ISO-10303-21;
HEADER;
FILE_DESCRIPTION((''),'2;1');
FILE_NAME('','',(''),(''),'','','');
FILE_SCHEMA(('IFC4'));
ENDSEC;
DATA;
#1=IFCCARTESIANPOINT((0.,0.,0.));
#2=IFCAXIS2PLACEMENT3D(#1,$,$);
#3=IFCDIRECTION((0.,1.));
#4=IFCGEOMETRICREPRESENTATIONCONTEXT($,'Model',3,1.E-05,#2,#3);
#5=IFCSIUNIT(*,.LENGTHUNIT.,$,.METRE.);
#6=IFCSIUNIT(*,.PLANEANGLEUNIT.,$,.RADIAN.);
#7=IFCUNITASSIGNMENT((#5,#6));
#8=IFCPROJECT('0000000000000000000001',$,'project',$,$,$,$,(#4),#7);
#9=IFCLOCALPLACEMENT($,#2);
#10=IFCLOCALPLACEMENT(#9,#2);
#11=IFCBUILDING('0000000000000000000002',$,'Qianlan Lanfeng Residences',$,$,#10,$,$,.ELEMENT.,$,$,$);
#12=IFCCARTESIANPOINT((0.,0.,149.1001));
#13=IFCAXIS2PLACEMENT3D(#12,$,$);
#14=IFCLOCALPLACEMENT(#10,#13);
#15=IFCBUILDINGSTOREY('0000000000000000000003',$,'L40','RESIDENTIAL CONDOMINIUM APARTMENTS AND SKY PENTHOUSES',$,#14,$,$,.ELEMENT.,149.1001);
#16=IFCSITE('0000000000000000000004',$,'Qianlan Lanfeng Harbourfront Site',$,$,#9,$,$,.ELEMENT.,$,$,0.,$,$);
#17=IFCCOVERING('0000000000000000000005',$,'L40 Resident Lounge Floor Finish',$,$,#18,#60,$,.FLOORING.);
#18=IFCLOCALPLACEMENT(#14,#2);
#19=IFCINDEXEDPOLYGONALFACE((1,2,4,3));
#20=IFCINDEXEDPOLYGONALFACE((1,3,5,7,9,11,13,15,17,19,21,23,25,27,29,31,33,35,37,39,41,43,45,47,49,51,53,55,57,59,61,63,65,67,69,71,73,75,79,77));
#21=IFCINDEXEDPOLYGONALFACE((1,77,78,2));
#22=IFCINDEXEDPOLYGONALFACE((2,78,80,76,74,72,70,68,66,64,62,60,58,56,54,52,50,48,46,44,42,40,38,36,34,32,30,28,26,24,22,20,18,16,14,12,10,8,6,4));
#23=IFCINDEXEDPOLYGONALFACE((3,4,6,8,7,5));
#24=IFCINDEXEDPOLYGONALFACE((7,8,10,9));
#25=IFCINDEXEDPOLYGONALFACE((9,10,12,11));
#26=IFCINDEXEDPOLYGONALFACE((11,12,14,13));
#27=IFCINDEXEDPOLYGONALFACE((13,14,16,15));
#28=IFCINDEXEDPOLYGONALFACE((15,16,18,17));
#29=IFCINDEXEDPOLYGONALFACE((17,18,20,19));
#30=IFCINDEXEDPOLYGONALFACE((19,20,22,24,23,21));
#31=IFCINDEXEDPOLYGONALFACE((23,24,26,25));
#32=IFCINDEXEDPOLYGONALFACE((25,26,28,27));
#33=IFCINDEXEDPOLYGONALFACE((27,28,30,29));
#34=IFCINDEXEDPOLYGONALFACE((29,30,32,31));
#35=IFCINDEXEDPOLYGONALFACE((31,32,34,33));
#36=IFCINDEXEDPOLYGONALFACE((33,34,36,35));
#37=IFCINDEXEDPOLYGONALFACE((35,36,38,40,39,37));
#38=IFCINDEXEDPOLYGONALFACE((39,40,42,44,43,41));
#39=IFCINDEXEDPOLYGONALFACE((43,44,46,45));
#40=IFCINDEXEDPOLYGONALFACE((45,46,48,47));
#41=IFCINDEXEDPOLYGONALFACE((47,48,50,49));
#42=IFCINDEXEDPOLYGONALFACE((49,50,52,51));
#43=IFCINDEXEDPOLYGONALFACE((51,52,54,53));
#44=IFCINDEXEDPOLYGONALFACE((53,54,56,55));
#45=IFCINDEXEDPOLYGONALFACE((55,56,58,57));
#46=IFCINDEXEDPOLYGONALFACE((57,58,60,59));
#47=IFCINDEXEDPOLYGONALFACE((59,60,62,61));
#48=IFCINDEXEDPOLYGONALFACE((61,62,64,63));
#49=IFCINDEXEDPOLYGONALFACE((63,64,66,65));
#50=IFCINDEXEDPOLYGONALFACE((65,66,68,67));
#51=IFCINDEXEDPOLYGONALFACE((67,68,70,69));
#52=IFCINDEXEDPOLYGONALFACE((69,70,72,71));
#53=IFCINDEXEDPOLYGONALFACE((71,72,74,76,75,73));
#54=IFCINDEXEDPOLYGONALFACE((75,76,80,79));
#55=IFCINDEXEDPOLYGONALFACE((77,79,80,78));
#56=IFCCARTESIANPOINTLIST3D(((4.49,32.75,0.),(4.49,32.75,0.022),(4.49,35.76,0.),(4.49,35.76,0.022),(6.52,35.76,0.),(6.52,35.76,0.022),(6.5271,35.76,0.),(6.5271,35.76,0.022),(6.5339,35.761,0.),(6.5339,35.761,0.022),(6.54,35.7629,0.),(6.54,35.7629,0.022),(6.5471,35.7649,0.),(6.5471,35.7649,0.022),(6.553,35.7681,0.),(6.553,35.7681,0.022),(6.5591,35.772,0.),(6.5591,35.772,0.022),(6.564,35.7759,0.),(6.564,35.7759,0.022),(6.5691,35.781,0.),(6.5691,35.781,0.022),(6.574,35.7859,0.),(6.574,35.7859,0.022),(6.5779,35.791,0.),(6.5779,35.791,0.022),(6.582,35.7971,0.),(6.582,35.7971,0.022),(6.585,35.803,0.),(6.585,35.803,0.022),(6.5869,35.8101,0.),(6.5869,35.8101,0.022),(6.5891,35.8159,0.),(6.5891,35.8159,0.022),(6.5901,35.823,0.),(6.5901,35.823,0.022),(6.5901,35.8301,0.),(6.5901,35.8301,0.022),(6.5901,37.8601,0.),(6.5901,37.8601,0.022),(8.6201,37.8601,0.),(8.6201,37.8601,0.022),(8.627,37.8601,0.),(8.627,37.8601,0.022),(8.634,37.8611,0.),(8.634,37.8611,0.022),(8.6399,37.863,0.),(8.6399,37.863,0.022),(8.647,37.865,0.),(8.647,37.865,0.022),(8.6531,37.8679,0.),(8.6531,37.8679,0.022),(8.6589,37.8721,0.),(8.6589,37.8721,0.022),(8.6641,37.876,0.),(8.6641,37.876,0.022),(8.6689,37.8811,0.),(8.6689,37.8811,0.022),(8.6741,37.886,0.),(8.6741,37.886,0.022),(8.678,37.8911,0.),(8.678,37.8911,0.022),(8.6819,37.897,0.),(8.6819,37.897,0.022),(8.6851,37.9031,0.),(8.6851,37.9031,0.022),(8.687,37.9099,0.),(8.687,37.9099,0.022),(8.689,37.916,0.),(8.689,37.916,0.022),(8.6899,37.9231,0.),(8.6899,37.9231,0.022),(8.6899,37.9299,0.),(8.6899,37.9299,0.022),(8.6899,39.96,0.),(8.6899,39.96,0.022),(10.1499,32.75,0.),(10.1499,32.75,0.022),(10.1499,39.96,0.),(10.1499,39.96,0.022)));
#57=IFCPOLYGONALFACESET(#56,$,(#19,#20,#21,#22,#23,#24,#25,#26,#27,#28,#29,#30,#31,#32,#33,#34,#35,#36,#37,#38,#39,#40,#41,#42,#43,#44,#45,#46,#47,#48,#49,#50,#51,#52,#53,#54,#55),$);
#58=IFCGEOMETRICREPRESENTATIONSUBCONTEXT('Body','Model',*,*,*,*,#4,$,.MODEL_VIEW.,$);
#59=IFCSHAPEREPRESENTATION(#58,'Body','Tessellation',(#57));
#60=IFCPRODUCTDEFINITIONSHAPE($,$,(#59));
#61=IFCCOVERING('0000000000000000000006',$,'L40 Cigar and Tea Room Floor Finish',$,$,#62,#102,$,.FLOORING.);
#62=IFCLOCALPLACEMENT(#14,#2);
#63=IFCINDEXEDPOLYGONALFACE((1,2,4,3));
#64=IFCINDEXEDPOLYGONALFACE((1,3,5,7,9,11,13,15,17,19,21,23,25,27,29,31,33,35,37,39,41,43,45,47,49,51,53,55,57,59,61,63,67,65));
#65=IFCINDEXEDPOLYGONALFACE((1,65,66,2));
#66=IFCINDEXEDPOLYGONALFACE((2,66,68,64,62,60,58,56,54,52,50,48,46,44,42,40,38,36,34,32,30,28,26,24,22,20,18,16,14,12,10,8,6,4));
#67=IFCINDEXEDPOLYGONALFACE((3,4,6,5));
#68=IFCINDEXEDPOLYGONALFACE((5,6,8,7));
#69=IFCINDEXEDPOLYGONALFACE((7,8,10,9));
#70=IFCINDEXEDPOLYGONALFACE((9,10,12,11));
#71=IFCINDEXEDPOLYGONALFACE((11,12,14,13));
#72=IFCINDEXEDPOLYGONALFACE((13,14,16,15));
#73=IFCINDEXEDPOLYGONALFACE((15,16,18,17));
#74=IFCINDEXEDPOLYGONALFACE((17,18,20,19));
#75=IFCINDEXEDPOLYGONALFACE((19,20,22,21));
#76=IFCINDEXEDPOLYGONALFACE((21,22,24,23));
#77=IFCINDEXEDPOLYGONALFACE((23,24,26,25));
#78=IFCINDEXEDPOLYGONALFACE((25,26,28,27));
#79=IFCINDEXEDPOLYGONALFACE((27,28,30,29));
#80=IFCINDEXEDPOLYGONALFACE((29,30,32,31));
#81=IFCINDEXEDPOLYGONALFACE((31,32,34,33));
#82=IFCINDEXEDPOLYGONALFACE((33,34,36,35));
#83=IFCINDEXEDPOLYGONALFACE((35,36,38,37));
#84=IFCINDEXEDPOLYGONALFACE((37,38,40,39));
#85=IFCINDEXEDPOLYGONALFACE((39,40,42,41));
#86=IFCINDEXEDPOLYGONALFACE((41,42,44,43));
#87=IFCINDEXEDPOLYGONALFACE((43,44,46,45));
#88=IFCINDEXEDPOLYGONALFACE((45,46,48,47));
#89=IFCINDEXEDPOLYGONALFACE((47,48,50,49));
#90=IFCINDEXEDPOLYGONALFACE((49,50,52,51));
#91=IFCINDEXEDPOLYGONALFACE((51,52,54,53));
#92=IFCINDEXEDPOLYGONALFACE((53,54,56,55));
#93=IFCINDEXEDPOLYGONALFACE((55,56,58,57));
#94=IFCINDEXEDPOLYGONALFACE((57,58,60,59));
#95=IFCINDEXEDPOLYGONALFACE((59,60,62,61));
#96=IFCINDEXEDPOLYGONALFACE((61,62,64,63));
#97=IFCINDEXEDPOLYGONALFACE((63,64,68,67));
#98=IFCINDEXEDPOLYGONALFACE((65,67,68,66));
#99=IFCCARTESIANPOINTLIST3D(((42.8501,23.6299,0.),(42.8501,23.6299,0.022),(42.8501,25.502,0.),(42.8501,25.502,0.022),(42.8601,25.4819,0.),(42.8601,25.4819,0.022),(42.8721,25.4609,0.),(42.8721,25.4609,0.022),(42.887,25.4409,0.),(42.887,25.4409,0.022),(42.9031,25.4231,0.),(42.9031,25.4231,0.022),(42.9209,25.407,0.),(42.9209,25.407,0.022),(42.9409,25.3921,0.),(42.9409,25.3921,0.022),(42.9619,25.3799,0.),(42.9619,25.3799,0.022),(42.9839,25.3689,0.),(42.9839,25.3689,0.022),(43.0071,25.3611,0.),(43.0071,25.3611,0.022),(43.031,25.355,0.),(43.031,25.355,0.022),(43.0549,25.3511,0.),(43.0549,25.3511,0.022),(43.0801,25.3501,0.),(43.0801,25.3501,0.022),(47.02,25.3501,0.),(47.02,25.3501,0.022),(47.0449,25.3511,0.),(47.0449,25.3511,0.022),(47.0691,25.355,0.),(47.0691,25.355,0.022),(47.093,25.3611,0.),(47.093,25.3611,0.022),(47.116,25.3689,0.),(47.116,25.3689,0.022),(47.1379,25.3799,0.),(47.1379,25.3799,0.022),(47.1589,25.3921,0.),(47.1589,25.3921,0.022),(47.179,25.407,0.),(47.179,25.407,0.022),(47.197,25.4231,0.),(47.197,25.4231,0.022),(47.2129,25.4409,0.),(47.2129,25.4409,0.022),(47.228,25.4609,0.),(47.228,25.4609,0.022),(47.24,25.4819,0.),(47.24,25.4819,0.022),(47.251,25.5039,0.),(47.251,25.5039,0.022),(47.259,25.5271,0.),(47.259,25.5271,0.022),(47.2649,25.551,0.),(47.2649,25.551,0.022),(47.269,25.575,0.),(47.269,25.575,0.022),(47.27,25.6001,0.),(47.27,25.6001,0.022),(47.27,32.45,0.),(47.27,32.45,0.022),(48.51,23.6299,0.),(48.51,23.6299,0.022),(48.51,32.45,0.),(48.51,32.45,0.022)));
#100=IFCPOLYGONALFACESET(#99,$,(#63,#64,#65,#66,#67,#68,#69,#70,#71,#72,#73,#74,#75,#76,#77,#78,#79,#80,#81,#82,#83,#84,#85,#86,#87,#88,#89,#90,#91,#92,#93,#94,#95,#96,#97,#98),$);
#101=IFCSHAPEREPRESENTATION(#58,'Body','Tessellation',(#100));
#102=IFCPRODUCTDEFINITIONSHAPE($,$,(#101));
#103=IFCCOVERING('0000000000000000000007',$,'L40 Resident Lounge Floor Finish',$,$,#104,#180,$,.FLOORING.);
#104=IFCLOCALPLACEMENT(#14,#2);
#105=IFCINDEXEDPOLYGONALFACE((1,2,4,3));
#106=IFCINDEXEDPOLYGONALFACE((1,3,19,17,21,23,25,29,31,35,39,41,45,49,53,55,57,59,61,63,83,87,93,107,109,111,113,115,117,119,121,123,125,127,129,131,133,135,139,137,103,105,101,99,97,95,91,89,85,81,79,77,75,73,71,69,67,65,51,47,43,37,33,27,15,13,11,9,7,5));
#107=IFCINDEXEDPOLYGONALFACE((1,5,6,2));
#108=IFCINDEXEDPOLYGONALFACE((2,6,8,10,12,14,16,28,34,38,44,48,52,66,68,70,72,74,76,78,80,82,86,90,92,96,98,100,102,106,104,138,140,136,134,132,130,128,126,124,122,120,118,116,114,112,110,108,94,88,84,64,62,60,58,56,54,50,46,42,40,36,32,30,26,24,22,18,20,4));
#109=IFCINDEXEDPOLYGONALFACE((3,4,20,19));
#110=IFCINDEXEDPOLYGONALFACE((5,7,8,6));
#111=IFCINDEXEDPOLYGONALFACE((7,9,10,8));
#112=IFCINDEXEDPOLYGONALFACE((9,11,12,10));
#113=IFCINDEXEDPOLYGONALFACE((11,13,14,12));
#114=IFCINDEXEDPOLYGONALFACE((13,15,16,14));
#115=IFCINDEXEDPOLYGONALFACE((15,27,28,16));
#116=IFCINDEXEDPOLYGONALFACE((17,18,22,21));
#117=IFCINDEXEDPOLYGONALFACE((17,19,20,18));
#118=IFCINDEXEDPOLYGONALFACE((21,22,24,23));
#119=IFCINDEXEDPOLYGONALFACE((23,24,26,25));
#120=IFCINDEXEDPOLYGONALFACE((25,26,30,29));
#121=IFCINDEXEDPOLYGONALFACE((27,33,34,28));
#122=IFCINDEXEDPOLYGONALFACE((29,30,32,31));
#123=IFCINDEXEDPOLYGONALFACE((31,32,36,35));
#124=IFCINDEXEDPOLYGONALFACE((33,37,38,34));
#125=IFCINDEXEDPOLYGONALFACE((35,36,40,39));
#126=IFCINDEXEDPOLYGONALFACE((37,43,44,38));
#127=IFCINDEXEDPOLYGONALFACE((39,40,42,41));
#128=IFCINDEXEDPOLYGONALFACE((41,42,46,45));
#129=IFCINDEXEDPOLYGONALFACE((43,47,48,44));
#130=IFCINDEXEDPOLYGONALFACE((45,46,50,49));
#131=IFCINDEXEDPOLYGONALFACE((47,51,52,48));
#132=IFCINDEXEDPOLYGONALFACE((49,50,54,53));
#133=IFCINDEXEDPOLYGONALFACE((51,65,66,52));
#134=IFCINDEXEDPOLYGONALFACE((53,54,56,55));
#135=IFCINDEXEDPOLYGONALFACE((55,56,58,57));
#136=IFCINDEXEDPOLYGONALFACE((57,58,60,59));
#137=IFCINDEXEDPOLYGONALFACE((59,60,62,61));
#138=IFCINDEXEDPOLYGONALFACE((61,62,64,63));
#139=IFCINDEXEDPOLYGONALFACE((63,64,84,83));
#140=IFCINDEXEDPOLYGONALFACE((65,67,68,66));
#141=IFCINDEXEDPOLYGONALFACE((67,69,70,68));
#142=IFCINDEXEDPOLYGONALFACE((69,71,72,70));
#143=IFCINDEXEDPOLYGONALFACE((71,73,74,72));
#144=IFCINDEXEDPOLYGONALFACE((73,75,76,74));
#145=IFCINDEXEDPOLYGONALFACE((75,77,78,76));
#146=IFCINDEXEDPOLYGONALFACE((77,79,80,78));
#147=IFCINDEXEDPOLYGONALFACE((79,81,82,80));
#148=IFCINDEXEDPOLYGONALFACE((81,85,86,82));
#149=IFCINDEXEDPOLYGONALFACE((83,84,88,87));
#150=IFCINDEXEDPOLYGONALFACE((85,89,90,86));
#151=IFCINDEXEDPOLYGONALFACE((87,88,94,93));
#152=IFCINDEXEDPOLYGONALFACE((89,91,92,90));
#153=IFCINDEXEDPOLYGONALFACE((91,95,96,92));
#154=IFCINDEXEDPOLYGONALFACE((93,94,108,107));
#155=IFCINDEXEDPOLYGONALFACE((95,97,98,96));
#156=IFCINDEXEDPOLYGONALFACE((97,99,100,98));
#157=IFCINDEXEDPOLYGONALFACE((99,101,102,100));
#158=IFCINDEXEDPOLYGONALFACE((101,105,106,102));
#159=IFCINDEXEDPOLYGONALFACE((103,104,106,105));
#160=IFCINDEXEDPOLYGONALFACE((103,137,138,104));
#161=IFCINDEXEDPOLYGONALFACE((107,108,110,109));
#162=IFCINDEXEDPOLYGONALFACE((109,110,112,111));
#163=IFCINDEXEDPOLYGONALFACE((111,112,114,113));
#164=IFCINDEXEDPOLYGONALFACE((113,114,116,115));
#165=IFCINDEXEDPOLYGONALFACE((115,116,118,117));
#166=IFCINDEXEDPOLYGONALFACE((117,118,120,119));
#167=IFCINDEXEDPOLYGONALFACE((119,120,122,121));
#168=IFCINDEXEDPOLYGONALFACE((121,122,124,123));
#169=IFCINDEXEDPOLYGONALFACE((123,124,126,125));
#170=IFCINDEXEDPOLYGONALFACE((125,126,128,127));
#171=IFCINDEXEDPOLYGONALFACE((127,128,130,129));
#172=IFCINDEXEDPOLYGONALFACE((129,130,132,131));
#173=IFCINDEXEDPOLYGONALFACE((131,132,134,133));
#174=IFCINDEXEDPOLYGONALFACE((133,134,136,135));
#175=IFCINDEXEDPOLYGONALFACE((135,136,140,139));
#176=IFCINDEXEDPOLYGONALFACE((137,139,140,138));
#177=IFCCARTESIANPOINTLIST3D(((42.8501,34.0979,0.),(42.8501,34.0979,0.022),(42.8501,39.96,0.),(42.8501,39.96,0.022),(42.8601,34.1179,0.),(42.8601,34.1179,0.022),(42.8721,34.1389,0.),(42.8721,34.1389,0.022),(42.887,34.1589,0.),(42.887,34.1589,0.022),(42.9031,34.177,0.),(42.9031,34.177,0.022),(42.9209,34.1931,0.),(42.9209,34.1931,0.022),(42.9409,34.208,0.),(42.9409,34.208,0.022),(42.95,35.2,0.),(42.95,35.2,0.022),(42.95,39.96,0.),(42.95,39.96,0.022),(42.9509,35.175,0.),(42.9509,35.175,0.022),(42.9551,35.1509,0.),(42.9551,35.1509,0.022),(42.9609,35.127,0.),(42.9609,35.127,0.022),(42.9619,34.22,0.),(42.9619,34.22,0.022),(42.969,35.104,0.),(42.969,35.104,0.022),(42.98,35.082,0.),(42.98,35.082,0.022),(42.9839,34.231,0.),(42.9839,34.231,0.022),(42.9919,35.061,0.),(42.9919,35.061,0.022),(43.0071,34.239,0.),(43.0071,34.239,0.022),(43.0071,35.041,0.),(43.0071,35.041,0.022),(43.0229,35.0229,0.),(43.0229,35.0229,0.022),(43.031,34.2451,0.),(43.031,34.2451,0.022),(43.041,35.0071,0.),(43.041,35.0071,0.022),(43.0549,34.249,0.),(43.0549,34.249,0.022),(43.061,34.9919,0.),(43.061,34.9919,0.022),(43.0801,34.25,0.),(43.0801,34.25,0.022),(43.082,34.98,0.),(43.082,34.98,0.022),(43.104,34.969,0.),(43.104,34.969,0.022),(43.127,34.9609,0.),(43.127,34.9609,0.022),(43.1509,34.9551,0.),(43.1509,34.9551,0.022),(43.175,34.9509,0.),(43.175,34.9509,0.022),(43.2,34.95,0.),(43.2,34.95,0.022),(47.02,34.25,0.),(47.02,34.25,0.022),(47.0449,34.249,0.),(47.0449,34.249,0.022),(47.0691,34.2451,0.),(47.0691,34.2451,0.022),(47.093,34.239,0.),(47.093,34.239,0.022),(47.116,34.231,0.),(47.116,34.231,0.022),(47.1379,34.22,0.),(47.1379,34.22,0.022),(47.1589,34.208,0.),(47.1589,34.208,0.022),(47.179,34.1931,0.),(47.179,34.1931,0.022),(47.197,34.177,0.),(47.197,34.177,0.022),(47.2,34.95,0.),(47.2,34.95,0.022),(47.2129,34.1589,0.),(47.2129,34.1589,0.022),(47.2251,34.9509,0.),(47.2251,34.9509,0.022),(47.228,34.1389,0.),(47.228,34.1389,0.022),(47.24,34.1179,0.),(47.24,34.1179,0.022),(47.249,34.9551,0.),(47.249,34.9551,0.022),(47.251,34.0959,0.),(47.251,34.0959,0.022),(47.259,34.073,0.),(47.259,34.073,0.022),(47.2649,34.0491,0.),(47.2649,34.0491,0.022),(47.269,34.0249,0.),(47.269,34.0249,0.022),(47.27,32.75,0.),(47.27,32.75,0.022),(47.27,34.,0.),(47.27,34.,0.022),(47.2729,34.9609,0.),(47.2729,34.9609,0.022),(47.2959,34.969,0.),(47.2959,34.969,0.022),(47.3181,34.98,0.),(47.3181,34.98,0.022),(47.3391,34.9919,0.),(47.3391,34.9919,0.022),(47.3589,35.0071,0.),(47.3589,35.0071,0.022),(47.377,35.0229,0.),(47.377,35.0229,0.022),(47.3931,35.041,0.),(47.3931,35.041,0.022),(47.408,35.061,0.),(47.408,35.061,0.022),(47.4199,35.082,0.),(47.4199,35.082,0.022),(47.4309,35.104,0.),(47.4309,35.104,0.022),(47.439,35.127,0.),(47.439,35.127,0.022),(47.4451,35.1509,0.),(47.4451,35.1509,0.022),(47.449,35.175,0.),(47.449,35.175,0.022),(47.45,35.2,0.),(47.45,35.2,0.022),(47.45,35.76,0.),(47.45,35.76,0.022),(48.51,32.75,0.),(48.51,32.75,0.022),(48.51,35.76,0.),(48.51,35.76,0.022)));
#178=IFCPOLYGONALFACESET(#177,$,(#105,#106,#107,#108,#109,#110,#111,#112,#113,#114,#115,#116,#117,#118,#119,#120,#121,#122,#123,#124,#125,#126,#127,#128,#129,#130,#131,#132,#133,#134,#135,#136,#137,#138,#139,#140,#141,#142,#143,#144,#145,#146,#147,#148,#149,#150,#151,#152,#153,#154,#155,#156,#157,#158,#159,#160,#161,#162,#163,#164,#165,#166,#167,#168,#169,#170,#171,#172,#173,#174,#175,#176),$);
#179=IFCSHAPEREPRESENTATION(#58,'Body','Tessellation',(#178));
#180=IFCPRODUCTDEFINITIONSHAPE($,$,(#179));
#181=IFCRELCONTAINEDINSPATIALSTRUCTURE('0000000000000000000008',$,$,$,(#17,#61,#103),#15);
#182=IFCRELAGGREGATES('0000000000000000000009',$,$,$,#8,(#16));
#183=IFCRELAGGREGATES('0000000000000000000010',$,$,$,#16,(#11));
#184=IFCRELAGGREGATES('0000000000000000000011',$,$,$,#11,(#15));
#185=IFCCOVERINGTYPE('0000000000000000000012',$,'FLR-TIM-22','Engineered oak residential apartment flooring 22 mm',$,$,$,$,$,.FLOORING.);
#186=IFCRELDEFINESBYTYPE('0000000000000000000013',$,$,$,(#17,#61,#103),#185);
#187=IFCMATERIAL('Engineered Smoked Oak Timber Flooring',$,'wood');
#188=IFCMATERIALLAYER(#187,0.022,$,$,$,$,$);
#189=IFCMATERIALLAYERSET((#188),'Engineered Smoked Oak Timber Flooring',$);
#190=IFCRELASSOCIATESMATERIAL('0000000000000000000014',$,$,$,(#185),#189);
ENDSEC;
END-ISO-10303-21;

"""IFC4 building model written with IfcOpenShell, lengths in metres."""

from ifc_helpers import new_model, si_unit, direction, frame, origin, place, context, subcontext, project, spatial, polyline, outline, extrude, material, layer, layer_set, type_object, element, save


model = new_model("IFC4")

# Units and contexts
model_context = context("Model", 3, precision=1e-05, world=origin(), true_north=direction((0.0, 1.0)))
body_context = subcontext(model_context, "Body", "Model", "MODEL_VIEW")
ifc_project = project(units=[si_unit("LENGTHUNIT", "METRE"), si_unit("PLANEANGLEUNIT", "RADIAN")], contexts=[model_context])

# Site, building, storey
site_placement = place(None, origin())
site = spatial("IfcSite", under=ifc_project, at=site_placement, Name="Qianlan Lanfeng Harbourfront Site", CompositionType="ELEMENT", RefElevation=0.0)
building_placement = place(site_placement, origin())
building = spatial("IfcBuilding", under=site, at=building_placement, Name="Qianlan Lanfeng Residences", CompositionType="ELEMENT")
storey_placement = place(building_placement, frame((0.0, 0.0, 149.1001)))
storey = spatial("IfcBuildingStorey", under=building, at=storey_placement, Name="L40", Description="RESIDENTIAL CONDOMINIUM APARTMENTS AND SKY PENTHOUSES", CompositionType="ELEMENT", Elevation=149.1001)

# Coverings
ifc_material_1 = material(Name="Engineered Smoked Oak Timber Flooring", Category="wood")
ifc_layer_1 = layer(ifc_material_1, 0.022)
ifc_layer_set_1 = layer_set([ifc_layer_1], Name="Engineered Smoked Oak Timber Flooring")
covering_type_1 = type_object("IfcCoveringType", Name="FLR-TIM-22", Description="Engineered oak residential apartment flooring 22 mm", PredefinedType="FLOORING", material=ifc_layer_set_1)
covering_1_placement = place(storey_placement, origin())
element("IfcCovering", 1, at=covering_1_placement, inside=storey, type_object=covering_type_1, Name="L40 Resident Lounge Floor Finish", PredefinedType="FLOORING", context=body_context, shape_type="SweptSolid", body=[
    extrude(outline(polyline([(4.49, 32.75), (10.1499, 32.75), (10.1499, 39.96), (8.6899, 39.96), (8.6899, 37.9299), (8.6899, 37.9231), (8.689, 37.916), (8.687, 37.9099), (8.6851, 37.9031), (8.6819, 37.897), (8.678, 37.8911), (8.6741, 37.886), (8.6689, 37.8811), (8.6641, 37.876), (8.6589, 37.8721), (8.6531, 37.8679), (8.647, 37.865), (8.6399, 37.863), (8.634, 37.8611), (8.627, 37.8601), (8.6201, 37.8601), (6.5901, 37.8601), (6.5901, 35.8301), (6.5901, 35.823), (6.5891, 35.8159), (6.5869, 35.8101), (6.585, 35.803), (6.582, 35.7971), (6.5779, 35.791), (6.574, 35.7859), (6.5691, 35.781), (6.564, 35.7759), (6.5591, 35.772), (6.553, 35.7681), (6.5471, 35.7649), (6.54, 35.7629), (6.5339, 35.761), (6.5271, 35.76), (6.52, 35.76), (4.49, 35.76), (4.49, 32.75)])), origin(), (0.0, 0.0, 1.0), 0.022),
])
covering_2_placement = place(storey_placement, origin())
element("IfcCovering", 2, at=covering_2_placement, inside=storey, type_object=covering_type_1, Name="L40 Cigar and Tea Room Floor Finish", PredefinedType="FLOORING", context=body_context, shape_type="SweptSolid", body=[
    extrude(outline(polyline([(48.51, 32.45), (47.27, 32.45), (47.27, 25.6001), (47.269, 25.575), (47.2649, 25.551), (47.259, 25.5271), (47.251, 25.5039), (47.24, 25.4819), (47.228, 25.4609), (47.2129, 25.4409), (47.197, 25.4231), (47.179, 25.407), (47.1589, 25.3921), (47.1379, 25.3799), (47.116, 25.3689), (47.093, 25.3611), (47.0691, 25.355), (47.0449, 25.3511), (47.02, 25.3501), (43.0801, 25.3501), (43.0549, 25.3511), (43.031, 25.355), (43.0071, 25.3611), (42.9839, 25.3689), (42.9619, 25.3799), (42.9409, 25.3921), (42.9209, 25.407), (42.9031, 25.4231), (42.887, 25.4409), (42.8721, 25.4609), (42.8601, 25.4819), (42.8501, 25.502), (42.8501, 23.6299), (48.51, 23.6299), (48.51, 32.45)])), origin(), (0.0, 0.0, 1.0), 0.022),
])
covering_3_placement = place(storey_placement, origin())
element("IfcCovering", 3, at=covering_3_placement, inside=storey, type_object=covering_type_1, Name="L40 Resident Lounge Floor Finish", PredefinedType="FLOORING", context=body_context, shape_type="SweptSolid", body=[
    extrude(outline(polyline([(42.8501, 34.0979), (42.8601, 34.1179), (42.8721, 34.1389), (42.887, 34.1589), (42.9031, 34.177), (42.9209, 34.1931), (42.9409, 34.208), (42.9619, 34.22), (42.9839, 34.231), (43.0071, 34.239), (43.031, 34.2451), (43.0549, 34.249), (43.0801, 34.25), (47.02, 34.25), (47.0449, 34.249), (47.0691, 34.2451), (47.093, 34.239), (47.116, 34.231), (47.1379, 34.22), (47.1589, 34.208), (47.179, 34.1931), (47.197, 34.177), (47.2129, 34.1589), (47.228, 34.1389), (47.24, 34.1179), (47.251, 34.0959), (47.259, 34.073), (47.2649, 34.0491), (47.269, 34.0249), (47.27, 34.0), (47.27, 32.75), (48.51, 32.75), (48.51, 35.76), (47.45, 35.76), (47.45, 35.2), (47.449, 35.175), (47.4451, 35.1509), (47.439, 35.127), (47.4309, 35.104), (47.4199, 35.082), (47.408, 35.061), (47.3931, 35.041), (47.377, 35.0229), (47.3589, 35.0071), (47.3391, 34.9919), (47.3181, 34.98), (47.2959, 34.969), (47.2729, 34.9609), (47.249, 34.9551), (47.2251, 34.9509), (47.2, 34.95), (43.2, 34.95), (43.175, 34.9509), (43.1509, 34.9551), (43.127, 34.9609), (43.104, 34.969), (43.082, 34.98), (43.061, 34.9919), (43.041, 35.0071), (43.0229, 35.0229), (43.0071, 35.041), (42.9919, 35.061), (42.98, 35.082), (42.969, 35.104), (42.9609, 35.127), (42.9551, 35.1509), (42.9509, 35.175), (42.95, 35.2), (42.95, 39.96), (42.8501, 39.96), (42.8501, 34.0979)])), origin(), (0.0, 0.0, 1.0), 0.022),
])

save(model, "model.ifc")
